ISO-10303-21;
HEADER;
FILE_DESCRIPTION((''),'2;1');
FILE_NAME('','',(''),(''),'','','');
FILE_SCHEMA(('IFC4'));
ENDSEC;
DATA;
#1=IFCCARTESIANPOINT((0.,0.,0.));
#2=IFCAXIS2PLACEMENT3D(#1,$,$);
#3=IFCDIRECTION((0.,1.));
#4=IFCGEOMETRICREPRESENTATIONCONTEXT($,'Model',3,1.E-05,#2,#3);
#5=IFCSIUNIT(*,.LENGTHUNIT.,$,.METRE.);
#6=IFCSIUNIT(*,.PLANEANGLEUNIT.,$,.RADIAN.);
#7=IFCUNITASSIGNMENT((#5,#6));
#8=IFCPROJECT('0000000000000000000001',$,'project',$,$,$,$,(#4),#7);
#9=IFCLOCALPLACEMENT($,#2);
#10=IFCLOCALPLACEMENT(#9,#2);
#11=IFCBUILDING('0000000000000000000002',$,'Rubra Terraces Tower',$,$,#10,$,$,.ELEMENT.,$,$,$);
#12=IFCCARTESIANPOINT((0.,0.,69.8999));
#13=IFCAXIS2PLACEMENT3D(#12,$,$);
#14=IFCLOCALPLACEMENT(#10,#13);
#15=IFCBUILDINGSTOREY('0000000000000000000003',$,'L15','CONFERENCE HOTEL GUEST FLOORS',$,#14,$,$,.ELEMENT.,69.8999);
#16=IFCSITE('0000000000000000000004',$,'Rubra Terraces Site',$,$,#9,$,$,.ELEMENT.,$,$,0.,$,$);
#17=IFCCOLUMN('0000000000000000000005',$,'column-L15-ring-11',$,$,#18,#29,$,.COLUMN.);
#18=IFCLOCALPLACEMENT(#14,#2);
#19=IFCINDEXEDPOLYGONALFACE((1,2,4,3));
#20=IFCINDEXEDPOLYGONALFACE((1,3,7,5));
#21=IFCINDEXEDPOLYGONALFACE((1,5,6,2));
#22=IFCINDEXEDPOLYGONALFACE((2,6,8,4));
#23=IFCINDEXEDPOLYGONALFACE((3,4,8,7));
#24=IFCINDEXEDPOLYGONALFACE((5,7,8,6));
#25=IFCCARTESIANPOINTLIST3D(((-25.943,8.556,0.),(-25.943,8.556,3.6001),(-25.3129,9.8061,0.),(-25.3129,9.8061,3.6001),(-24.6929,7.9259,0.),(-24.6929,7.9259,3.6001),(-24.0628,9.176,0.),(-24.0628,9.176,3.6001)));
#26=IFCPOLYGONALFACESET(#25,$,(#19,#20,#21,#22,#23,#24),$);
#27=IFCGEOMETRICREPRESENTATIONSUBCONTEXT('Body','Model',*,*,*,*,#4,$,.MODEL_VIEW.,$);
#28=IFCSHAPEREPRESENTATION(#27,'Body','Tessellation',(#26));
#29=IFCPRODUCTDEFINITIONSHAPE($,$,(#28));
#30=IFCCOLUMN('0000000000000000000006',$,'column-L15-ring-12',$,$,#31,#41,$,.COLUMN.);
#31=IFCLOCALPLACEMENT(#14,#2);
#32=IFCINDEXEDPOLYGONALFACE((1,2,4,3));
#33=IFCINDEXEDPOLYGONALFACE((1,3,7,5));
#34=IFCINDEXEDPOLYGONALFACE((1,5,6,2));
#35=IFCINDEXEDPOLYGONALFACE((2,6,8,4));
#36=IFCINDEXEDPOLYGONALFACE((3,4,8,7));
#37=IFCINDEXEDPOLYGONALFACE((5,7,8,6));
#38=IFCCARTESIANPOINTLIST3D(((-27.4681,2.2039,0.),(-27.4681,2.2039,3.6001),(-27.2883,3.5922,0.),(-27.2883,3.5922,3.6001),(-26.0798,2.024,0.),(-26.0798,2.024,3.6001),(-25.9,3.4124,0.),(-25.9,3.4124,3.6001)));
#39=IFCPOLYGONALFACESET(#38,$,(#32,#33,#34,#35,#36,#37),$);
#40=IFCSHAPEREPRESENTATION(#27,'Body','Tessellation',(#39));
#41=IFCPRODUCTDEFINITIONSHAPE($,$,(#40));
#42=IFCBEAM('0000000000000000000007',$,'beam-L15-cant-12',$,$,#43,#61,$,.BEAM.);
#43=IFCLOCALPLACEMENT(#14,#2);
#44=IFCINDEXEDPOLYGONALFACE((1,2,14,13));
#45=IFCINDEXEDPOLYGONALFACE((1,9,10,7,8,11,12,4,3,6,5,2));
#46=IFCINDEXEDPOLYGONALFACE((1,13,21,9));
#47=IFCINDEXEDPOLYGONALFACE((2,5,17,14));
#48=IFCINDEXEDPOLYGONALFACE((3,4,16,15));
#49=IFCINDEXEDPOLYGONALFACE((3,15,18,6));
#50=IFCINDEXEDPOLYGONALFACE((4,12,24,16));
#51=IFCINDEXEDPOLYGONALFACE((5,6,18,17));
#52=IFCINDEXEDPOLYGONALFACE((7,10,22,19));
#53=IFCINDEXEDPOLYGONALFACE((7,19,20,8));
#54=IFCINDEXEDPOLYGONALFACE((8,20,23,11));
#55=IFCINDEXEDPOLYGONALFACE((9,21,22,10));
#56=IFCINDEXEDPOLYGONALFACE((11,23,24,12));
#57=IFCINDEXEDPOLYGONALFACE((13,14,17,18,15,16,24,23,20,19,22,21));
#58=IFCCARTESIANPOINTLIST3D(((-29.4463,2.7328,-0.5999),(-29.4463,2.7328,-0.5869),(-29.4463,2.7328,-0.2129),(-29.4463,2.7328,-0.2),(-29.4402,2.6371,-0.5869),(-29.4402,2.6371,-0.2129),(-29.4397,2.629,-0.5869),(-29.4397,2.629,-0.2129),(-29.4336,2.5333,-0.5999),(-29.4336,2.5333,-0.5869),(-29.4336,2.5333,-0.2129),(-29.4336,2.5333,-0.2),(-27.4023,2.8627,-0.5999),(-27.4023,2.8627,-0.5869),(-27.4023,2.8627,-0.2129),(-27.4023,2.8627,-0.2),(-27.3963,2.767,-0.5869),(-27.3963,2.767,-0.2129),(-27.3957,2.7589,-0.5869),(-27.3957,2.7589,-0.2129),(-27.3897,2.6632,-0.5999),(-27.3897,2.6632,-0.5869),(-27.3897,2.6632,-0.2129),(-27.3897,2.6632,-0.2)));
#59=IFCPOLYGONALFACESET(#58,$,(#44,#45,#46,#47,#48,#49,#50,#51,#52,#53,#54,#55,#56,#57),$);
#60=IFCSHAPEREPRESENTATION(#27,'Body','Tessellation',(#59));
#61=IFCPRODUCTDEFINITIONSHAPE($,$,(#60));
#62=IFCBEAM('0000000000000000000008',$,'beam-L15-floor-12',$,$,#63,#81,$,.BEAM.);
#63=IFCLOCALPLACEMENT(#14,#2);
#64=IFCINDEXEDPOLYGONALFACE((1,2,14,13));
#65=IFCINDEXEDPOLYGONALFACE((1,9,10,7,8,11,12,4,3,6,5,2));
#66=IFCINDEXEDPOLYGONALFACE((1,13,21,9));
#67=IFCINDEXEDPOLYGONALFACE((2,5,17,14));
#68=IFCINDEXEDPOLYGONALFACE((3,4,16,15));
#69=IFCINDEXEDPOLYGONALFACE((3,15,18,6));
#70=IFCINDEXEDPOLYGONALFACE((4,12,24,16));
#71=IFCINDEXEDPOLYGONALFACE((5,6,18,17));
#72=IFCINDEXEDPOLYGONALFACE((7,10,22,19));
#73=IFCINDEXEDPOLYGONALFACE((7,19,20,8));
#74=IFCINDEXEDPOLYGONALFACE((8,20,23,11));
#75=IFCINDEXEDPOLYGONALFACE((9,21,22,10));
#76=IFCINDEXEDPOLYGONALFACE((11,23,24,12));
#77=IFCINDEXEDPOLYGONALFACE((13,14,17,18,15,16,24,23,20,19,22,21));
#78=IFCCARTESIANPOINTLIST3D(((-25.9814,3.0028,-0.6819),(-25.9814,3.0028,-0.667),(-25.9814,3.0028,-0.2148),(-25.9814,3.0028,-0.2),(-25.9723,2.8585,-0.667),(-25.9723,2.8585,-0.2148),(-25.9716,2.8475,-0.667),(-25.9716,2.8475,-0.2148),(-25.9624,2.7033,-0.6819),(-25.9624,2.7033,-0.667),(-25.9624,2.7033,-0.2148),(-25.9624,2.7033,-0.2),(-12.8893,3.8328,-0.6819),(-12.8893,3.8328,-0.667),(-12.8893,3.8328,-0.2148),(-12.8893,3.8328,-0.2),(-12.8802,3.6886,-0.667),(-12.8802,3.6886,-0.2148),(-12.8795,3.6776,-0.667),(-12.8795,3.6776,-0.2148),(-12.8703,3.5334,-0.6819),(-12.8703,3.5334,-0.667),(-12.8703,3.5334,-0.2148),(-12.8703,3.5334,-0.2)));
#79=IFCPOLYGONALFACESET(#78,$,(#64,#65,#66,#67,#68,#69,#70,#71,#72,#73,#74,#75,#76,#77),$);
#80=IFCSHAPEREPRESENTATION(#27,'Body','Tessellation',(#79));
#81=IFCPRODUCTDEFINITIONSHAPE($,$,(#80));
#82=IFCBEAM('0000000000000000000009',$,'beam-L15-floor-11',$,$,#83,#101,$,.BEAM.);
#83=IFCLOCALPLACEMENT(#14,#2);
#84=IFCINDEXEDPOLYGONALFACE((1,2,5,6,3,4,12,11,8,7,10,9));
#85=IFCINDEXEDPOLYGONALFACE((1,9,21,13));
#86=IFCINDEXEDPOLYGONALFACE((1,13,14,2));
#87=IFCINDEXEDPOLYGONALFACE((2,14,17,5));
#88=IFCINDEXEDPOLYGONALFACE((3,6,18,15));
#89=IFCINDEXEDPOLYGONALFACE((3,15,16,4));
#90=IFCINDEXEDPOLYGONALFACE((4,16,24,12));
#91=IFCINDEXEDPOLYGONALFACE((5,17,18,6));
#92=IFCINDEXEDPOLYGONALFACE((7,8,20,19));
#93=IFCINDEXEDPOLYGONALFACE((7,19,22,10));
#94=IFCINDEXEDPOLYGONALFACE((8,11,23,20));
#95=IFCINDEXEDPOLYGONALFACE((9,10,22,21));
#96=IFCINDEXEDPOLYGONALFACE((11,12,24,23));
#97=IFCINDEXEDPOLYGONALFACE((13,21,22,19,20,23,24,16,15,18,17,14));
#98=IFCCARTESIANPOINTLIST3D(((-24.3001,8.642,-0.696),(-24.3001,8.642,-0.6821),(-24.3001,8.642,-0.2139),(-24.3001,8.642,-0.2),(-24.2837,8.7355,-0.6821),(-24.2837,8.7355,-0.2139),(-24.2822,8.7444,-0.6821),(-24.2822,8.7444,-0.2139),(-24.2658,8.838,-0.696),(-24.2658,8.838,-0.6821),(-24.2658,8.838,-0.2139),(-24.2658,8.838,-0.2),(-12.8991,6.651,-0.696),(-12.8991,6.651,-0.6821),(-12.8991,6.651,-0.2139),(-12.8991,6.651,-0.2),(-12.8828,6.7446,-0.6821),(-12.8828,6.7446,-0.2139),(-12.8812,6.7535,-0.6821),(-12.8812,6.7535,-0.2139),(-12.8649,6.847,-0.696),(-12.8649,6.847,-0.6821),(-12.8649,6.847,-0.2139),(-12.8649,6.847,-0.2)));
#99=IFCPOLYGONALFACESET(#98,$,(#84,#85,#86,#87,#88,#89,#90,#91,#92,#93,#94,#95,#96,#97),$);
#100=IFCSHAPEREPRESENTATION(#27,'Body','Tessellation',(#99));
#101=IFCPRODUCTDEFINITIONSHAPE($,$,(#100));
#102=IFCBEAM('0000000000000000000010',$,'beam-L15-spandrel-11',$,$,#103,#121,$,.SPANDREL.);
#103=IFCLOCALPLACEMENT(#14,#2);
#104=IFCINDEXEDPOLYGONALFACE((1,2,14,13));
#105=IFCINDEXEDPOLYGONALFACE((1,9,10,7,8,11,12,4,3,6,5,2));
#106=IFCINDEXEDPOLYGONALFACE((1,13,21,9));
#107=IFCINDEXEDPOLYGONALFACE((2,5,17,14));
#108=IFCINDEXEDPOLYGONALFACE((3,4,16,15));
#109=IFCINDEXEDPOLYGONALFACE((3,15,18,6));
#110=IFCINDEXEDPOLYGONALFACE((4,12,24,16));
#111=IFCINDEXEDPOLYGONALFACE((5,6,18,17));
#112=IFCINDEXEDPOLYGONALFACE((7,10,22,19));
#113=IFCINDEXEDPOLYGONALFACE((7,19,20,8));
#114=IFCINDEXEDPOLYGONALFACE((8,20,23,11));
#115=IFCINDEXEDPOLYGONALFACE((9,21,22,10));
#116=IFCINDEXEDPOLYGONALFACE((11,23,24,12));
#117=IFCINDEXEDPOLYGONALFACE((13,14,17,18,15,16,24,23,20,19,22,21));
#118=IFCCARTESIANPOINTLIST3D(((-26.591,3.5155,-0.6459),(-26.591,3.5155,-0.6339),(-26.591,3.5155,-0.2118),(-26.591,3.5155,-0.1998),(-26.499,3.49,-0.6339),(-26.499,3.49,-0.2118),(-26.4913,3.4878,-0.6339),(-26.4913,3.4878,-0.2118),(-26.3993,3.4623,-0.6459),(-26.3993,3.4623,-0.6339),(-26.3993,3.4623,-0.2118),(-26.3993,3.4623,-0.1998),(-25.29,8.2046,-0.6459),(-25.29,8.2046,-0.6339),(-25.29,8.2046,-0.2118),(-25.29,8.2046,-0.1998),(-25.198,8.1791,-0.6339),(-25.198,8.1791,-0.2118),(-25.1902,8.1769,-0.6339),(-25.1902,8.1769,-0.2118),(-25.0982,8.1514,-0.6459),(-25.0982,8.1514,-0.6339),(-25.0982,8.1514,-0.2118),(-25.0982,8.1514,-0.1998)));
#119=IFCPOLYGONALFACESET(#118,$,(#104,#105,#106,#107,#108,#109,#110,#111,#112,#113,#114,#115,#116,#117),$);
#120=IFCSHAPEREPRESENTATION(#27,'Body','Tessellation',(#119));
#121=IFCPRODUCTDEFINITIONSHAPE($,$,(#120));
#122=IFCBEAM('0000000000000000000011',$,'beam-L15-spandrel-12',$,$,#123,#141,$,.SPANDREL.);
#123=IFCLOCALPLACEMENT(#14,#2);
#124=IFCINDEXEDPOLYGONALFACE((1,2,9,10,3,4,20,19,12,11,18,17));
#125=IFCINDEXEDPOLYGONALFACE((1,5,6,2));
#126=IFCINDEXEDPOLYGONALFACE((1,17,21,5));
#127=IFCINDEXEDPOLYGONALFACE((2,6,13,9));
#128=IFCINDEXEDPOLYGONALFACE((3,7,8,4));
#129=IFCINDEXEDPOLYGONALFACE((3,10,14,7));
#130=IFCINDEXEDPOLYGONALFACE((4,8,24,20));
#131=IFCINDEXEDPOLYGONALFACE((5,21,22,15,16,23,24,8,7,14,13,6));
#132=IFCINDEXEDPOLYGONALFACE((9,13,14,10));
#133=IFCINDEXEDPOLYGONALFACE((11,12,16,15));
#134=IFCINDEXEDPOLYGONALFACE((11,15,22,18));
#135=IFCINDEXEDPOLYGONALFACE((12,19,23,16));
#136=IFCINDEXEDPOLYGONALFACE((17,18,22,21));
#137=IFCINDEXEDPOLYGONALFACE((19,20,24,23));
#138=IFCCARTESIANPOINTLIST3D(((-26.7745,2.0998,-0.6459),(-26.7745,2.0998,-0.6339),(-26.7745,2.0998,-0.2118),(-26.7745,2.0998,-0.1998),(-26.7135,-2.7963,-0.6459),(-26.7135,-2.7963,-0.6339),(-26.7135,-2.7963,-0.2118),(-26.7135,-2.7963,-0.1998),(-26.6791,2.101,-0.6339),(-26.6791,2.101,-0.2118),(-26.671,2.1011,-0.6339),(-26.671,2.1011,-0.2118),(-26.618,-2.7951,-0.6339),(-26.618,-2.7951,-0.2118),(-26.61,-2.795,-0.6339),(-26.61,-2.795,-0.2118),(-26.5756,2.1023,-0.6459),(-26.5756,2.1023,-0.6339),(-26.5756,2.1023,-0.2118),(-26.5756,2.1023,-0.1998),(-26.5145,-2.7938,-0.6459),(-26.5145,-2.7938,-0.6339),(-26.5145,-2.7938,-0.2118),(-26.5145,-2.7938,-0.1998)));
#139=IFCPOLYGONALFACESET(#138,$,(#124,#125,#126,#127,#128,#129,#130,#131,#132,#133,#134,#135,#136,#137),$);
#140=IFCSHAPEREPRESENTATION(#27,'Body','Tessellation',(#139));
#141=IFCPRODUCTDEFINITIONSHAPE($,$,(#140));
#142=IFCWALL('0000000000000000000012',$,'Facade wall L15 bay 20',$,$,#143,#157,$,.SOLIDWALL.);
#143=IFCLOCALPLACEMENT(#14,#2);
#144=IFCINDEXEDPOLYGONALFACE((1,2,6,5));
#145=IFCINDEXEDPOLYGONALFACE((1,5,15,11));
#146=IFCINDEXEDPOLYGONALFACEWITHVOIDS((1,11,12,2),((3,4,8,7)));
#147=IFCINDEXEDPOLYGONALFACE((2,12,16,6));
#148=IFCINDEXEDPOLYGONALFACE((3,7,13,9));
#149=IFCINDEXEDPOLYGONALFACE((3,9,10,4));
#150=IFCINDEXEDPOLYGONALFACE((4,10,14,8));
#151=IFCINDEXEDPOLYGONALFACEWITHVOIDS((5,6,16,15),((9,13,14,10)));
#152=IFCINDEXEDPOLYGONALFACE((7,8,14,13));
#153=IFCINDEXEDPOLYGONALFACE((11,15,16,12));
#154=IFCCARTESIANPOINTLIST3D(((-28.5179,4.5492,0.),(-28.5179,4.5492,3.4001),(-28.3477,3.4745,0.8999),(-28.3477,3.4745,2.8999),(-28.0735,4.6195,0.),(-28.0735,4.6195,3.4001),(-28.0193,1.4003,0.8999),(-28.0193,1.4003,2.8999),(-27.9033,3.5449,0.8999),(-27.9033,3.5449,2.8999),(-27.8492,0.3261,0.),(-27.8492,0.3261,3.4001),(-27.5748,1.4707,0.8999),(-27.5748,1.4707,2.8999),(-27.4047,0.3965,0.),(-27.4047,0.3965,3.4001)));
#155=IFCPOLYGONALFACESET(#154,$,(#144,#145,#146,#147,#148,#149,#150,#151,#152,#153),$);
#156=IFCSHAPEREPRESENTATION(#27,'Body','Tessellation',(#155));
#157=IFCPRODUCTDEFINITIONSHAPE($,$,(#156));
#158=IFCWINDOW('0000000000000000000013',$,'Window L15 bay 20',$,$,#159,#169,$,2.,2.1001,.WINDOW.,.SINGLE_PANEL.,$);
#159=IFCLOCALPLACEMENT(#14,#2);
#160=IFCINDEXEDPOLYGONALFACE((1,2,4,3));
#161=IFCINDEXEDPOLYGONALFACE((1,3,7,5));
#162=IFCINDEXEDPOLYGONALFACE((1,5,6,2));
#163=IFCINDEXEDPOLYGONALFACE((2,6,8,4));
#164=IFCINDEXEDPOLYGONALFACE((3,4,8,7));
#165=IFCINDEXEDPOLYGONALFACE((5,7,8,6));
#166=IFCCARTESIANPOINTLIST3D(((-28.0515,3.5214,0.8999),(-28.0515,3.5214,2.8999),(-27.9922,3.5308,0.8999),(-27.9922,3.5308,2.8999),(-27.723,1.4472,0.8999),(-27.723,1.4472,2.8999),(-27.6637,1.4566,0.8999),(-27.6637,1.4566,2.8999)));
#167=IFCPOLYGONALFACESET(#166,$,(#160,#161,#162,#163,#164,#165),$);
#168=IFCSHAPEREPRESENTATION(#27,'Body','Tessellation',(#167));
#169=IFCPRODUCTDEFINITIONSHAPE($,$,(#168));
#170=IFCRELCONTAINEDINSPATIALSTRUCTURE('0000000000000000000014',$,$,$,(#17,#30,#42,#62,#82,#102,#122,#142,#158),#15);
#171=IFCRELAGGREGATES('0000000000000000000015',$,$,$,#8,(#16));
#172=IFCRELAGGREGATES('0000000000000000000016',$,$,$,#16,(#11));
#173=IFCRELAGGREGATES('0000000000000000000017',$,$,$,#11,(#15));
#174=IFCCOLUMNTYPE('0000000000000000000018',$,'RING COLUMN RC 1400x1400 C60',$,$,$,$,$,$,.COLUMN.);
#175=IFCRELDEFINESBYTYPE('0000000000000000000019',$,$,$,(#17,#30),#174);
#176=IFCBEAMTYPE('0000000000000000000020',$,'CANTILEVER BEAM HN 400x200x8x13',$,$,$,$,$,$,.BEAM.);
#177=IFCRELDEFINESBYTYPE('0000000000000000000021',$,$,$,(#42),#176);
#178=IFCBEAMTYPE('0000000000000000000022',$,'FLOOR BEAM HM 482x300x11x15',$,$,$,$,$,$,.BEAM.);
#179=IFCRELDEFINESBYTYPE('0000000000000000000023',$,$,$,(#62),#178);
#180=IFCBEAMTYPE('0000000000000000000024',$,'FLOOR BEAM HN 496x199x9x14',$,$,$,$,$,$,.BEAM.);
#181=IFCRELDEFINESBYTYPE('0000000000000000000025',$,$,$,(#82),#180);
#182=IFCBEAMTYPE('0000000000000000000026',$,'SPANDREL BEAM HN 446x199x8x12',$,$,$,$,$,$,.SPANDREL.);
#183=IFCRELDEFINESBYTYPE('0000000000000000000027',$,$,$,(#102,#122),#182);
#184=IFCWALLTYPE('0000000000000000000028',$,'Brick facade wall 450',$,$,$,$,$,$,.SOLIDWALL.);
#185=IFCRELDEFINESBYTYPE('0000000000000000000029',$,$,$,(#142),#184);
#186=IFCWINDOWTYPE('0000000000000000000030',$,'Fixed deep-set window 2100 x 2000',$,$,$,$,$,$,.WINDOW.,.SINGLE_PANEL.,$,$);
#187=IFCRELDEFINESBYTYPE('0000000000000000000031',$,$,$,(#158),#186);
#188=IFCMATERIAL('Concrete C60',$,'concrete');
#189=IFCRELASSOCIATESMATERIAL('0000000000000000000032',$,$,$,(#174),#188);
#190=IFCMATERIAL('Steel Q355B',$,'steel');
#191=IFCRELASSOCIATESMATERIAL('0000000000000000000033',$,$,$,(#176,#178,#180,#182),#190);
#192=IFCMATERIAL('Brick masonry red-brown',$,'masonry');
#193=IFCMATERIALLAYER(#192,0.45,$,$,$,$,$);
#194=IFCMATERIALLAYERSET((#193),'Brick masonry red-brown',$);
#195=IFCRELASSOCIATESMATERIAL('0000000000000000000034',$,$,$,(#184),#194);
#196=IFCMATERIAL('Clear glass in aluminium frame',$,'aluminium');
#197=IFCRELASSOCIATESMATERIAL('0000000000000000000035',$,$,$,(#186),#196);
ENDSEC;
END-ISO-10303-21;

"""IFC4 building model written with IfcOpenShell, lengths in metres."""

from ifc_helpers import new_model, si_unit, direction, frame, frame_2d, origin, origin_2d, place, context, subcontext, project, spatial, rectangle, i_section, extrude, material, layer, layer_set, material_profile, profile_set, type_object, element, fill, save


model = new_model("IFC4")

# Units and contexts
model_context = context("Model", 3, precision=1e-05, world=origin(), true_north=direction((0.0, 1.0)))
body_context = subcontext(model_context, "Body", "Model", "MODEL_VIEW")
ifc_project = project(units=[si_unit("LENGTHUNIT", "METRE"), si_unit("PLANEANGLEUNIT", "RADIAN")], contexts=[model_context])

# Site, building, storey
site_placement = place(None, origin())
site = spatial("IfcSite", under=ifc_project, at=site_placement, Name="Rubra Terraces Site", CompositionType="ELEMENT", RefElevation=0.0)
building_placement = place(site_placement, origin())
building = spatial("IfcBuilding", under=site, at=building_placement, Name="Rubra Terraces Tower", CompositionType="ELEMENT")
storey_placement = place(building_placement, frame((0.0, 0.0, 69.8999)))
storey = spatial("IfcBuildingStorey", under=building, at=storey_placement, Name="L15", Description="CONFERENCE HOTEL GUEST FLOORS", CompositionType="ELEMENT", Elevation=69.8999)

# Columns
ifc_material_1 = material(Name="Concrete C60", Category="concrete")
ifc_material_profile_1 = material_profile(ifc_material_1, rectangle(XDim=1.3999, YDim=1.3999, at=origin_2d()), Name="RC 1400x1400")
ifc_profile_set_1 = profile_set([ifc_material_profile_1], Name="Concrete C60")
column_type = type_object("IfcColumnType", Name="RING COLUMN RC 1400x1400 C60", PredefinedType="COLUMN", material=ifc_profile_set_1)
for number, where, z_axis, x_axis, name in (
    (1, (-25.0029, 8.866, 0.0), (0.0, 0.0, 1.0), (-0.450099, -0.892979, 0.0), "column-L15-ring-11"),
    (2, (-26.6841, 2.8081, 0.0), (0.0, 0.0, 1.0), (-0.128445, -0.991717, 0.0), "column-L15-ring-12"),
):
    element("IfcColumn", number, at=place(storey_placement, frame(where, z_axis=z_axis, x_axis=x_axis)), inside=storey, type_object=column_type, Name=name, PredefinedType="COLUMN", context=body_context, shape_type="SweptSolid", body=[
        extrude(rectangle(XDim=1.3999, YDim=1.3999, at=origin_2d()), origin(), (0.0, 0.0, 1.0), 3.6001),
    ])

# Beams
ifc_material_2 = material(Name="Steel Q355B", Category="steel")
ifc_material_profile_2 = material_profile(ifc_material_2, i_section(OverallWidth=0.2, OverallDepth=0.3999, WebThickness=0.0081, FlangeThickness=0.0129, at=origin_2d()), Name="HN 400x200x8x13")
ifc_profile_set_2 = profile_set([ifc_material_profile_2], Name="Steel Q355B")
beam_type_1 = type_object("IfcBeamType", Name="CANTILEVER BEAM HN 400x200x8x13", PredefinedType="BEAM", material=ifc_profile_set_2)
beam_1_placement = place(storey_placement, frame((-27.396, 2.7629, -0.3999), z_axis=(-0.997987, -0.063417, 0.0), x_axis=(0.063417, -0.997987, 0.0)))
element("IfcBeam", 3, at=beam_1_placement, inside=storey, type_object=beam_type_1, Name="beam-L15-cant-12", PredefinedType="BEAM", context=body_context, shape_type="SweptSolid", body=[
    extrude(i_section(OverallWidth=0.2, OverallDepth=0.3999, WebThickness=0.0081, FlangeThickness=0.0129, at=origin_2d()), origin(), (0.0, 0.0, 1.0), 2.0481),
])
ifc_material_profile_3 = material_profile(ifc_material_2, i_section(OverallWidth=0.3, OverallDepth=0.4819, WebThickness=0.011, FlangeThickness=0.0149, at=origin_2d()), Name="HM 482x300x11x15")
ifc_profile_set_3 = profile_set([ifc_material_profile_3], Name="Steel Q355B")
beam_type_2 = type_object("IfcBeamType", Name="FLOOR BEAM HM 482x300x11x15", PredefinedType="BEAM", material=ifc_profile_set_3)
beam_2_placement = place(storey_placement, frame((-25.9719, 2.853, -0.4409), z_axis=(0.997996, 0.063276, 0.0), x_axis=(-0.063276, 0.997996, 0.0)))
element("IfcBeam", 4, at=beam_2_placement, inside=storey, type_object=beam_type_2, Name="beam-L15-floor-12", PredefinedType="BEAM", context=body_context, shape_type="SweptSolid", body=[
    extrude(i_section(OverallWidth=0.3, OverallDepth=0.4819, WebThickness=0.011, FlangeThickness=0.0149, at=origin_2d()), origin(), (0.0, 0.0, 1.0), 13.1184),
])
ifc_material_profile_4 = material_profile(ifc_material_2, i_section(OverallWidth=0.199, OverallDepth=0.4961, WebThickness=0.009, FlangeThickness=0.0139, at=origin_2d()), Name="HN 496x199x9x14")
ifc_profile_set_4 = profile_set([ifc_material_profile_4], Name="Steel Q355B")
beam_type_3 = type_object("IfcBeamType", Name="FLOOR BEAM HN 496x199x9x14", PredefinedType="BEAM", material=ifc_profile_set_4)
beam_3_placement = place(storey_placement, frame((-24.283, 8.74, -0.448), z_axis=(0.985092, -0.172029, 0.0), x_axis=(0.172029, 0.985092, 0.0)))
element("IfcBeam", 5, at=beam_3_placement, inside=storey, type_object=beam_type_3, Name="beam-L15-floor-11", PredefinedType="BEAM", context=body_context, shape_type="SweptSolid", body=[
    extrude(i_section(OverallWidth=0.199, OverallDepth=0.4961, WebThickness=0.009, FlangeThickness=0.0139, at=origin_2d()), origin(), (0.0, 0.0, 1.0), 11.5735),
])
ifc_material_profile_5 = material_profile(ifc_material_2, i_section(OverallWidth=0.199, OverallDepth=0.446, WebThickness=0.0081, FlangeThickness=0.012, at=origin_2d()), Name="HN 446x199x8x12")
ifc_profile_set_5 = profile_set([ifc_material_profile_5], Name="Steel Q355B")
beam_type_4 = type_object("IfcBeamType", Name="SPANDREL BEAM HN 446x199x8x12", PredefinedType="SPANDREL", material=ifc_profile_set_5)
beam_4_placement = place(storey_placement, frame((-25.1941, 8.178, -0.4229), z_axis=(-0.267364, -0.963595, 0.0), x_axis=(0.963595, -0.267364, 0.0)))
element("IfcBeam", 6, at=beam_4_placement, inside=storey, type_object=beam_type_4, Name="beam-L15-spandrel-11", PredefinedType="SPANDREL", context=body_context, shape_type="SweptSolid", body=[
    extrude(i_section(OverallWidth=0.199, OverallDepth=0.446, WebThickness=0.0081, FlangeThickness=0.012, at=origin_2d()), origin(), (0.0, 0.0, 1.0), 4.8662),
])
beam_5_placement = place(storey_placement, frame((-26.675, 2.1011, -0.4229), z_axis=(0.012465, -0.999922, 0.0), x_axis=(0.999922, 0.012465, 0.0)))
element("IfcBeam", 7, at=beam_5_placement, inside=storey, type_object=beam_type_4, Name="beam-L15-spandrel-12", PredefinedType="SPANDREL", context=body_context, shape_type="SweptSolid", body=[
    extrude(i_section(OverallWidth=0.199, OverallDepth=0.446, WebThickness=0.0081, FlangeThickness=0.012, at=origin_2d()), origin(), (0.0, 0.0, 1.0), 4.8965),
])

# Wall, opening, window
ifc_material_3 = material(Name="Brick masonry red-brown", Category="masonry")
ifc_layer_1 = layer(ifc_material_3, 0.45)
ifc_layer_set_1 = layer_set([ifc_layer_1], Name="Brick masonry red-brown")
wall_type_1 = type_object("IfcWallType", Name="Brick facade wall 450", PredefinedType="SOLIDWALL", material=ifc_layer_set_1)
wall_1_placement = place(storey_placement, frame((-28.2957, 4.5842, 0.0), z_axis=(0.0, 0.0, 1.0), x_axis=(0.156402, -0.987693, 0.0)))
wall_1 = element("IfcWall", 8, at=wall_1_placement, inside=storey, type_object=wall_type_1, Name="Facade wall L15 bay 20", PredefinedType="SOLIDWALL", context=body_context, shape_type="SweptSolid", body=[
    extrude(rectangle(XDim=4.2756, YDim=0.45, at=frame_2d((2.1377, 0.0))), origin(), (0.0, 0.0, 1.0), 3.4001),
])
opening_1_placement = place(wall_1_placement, frame((1.0879, 0.0, 0.8999)))
opening_1 = element("IfcOpeningElement", 9, at=opening_1_placement, cuts=wall_1, PredefinedType="OPENING", context=body_context, shape_type="SweptSolid", body=[
    extrude(rectangle(XDim=2.1001, YDim=2.0, at=frame_2d((1.05, 1.0))), frame((0.0, 0.2349, 0.0), z_axis=(0.0, -1.0, 0.0), x_axis=(1.0, 0.0, 0.0)), (0.0, 0.0, 1.0), 0.47),
])
ifc_material_4 = material(Name="Clear glass in aluminium frame", Category="aluminium")
window_type = type_object("IfcWindowType", Name="Fixed deep-set window 2100 x 2000", PartitioningType="SINGLE_PANEL", PredefinedType="WINDOW", material=ifc_material_4)
window_placement = place(opening_1_placement, origin())
window = element("IfcWindow", 10, at=window_placement, inside=storey, type_object=window_type, Name="Window L15 bay 20", OverallHeight=2.0, OverallWidth=2.1001, PartitioningType="SINGLE_PANEL", PredefinedType="WINDOW", context=body_context, shape_type="SweptSolid", body=[
    extrude(rectangle(XDim=2.1001, YDim=2.0, at=frame_2d((1.05, 1.0))), frame((0.0, 0.135, 0.0), z_axis=(0.0, -1.0, 0.0), x_axis=(1.0, 0.0, 0.0)), (0.0, 0.0, 1.0), 0.0601),
])
fill(opening_1, window)

save(model, "model.ifc")
